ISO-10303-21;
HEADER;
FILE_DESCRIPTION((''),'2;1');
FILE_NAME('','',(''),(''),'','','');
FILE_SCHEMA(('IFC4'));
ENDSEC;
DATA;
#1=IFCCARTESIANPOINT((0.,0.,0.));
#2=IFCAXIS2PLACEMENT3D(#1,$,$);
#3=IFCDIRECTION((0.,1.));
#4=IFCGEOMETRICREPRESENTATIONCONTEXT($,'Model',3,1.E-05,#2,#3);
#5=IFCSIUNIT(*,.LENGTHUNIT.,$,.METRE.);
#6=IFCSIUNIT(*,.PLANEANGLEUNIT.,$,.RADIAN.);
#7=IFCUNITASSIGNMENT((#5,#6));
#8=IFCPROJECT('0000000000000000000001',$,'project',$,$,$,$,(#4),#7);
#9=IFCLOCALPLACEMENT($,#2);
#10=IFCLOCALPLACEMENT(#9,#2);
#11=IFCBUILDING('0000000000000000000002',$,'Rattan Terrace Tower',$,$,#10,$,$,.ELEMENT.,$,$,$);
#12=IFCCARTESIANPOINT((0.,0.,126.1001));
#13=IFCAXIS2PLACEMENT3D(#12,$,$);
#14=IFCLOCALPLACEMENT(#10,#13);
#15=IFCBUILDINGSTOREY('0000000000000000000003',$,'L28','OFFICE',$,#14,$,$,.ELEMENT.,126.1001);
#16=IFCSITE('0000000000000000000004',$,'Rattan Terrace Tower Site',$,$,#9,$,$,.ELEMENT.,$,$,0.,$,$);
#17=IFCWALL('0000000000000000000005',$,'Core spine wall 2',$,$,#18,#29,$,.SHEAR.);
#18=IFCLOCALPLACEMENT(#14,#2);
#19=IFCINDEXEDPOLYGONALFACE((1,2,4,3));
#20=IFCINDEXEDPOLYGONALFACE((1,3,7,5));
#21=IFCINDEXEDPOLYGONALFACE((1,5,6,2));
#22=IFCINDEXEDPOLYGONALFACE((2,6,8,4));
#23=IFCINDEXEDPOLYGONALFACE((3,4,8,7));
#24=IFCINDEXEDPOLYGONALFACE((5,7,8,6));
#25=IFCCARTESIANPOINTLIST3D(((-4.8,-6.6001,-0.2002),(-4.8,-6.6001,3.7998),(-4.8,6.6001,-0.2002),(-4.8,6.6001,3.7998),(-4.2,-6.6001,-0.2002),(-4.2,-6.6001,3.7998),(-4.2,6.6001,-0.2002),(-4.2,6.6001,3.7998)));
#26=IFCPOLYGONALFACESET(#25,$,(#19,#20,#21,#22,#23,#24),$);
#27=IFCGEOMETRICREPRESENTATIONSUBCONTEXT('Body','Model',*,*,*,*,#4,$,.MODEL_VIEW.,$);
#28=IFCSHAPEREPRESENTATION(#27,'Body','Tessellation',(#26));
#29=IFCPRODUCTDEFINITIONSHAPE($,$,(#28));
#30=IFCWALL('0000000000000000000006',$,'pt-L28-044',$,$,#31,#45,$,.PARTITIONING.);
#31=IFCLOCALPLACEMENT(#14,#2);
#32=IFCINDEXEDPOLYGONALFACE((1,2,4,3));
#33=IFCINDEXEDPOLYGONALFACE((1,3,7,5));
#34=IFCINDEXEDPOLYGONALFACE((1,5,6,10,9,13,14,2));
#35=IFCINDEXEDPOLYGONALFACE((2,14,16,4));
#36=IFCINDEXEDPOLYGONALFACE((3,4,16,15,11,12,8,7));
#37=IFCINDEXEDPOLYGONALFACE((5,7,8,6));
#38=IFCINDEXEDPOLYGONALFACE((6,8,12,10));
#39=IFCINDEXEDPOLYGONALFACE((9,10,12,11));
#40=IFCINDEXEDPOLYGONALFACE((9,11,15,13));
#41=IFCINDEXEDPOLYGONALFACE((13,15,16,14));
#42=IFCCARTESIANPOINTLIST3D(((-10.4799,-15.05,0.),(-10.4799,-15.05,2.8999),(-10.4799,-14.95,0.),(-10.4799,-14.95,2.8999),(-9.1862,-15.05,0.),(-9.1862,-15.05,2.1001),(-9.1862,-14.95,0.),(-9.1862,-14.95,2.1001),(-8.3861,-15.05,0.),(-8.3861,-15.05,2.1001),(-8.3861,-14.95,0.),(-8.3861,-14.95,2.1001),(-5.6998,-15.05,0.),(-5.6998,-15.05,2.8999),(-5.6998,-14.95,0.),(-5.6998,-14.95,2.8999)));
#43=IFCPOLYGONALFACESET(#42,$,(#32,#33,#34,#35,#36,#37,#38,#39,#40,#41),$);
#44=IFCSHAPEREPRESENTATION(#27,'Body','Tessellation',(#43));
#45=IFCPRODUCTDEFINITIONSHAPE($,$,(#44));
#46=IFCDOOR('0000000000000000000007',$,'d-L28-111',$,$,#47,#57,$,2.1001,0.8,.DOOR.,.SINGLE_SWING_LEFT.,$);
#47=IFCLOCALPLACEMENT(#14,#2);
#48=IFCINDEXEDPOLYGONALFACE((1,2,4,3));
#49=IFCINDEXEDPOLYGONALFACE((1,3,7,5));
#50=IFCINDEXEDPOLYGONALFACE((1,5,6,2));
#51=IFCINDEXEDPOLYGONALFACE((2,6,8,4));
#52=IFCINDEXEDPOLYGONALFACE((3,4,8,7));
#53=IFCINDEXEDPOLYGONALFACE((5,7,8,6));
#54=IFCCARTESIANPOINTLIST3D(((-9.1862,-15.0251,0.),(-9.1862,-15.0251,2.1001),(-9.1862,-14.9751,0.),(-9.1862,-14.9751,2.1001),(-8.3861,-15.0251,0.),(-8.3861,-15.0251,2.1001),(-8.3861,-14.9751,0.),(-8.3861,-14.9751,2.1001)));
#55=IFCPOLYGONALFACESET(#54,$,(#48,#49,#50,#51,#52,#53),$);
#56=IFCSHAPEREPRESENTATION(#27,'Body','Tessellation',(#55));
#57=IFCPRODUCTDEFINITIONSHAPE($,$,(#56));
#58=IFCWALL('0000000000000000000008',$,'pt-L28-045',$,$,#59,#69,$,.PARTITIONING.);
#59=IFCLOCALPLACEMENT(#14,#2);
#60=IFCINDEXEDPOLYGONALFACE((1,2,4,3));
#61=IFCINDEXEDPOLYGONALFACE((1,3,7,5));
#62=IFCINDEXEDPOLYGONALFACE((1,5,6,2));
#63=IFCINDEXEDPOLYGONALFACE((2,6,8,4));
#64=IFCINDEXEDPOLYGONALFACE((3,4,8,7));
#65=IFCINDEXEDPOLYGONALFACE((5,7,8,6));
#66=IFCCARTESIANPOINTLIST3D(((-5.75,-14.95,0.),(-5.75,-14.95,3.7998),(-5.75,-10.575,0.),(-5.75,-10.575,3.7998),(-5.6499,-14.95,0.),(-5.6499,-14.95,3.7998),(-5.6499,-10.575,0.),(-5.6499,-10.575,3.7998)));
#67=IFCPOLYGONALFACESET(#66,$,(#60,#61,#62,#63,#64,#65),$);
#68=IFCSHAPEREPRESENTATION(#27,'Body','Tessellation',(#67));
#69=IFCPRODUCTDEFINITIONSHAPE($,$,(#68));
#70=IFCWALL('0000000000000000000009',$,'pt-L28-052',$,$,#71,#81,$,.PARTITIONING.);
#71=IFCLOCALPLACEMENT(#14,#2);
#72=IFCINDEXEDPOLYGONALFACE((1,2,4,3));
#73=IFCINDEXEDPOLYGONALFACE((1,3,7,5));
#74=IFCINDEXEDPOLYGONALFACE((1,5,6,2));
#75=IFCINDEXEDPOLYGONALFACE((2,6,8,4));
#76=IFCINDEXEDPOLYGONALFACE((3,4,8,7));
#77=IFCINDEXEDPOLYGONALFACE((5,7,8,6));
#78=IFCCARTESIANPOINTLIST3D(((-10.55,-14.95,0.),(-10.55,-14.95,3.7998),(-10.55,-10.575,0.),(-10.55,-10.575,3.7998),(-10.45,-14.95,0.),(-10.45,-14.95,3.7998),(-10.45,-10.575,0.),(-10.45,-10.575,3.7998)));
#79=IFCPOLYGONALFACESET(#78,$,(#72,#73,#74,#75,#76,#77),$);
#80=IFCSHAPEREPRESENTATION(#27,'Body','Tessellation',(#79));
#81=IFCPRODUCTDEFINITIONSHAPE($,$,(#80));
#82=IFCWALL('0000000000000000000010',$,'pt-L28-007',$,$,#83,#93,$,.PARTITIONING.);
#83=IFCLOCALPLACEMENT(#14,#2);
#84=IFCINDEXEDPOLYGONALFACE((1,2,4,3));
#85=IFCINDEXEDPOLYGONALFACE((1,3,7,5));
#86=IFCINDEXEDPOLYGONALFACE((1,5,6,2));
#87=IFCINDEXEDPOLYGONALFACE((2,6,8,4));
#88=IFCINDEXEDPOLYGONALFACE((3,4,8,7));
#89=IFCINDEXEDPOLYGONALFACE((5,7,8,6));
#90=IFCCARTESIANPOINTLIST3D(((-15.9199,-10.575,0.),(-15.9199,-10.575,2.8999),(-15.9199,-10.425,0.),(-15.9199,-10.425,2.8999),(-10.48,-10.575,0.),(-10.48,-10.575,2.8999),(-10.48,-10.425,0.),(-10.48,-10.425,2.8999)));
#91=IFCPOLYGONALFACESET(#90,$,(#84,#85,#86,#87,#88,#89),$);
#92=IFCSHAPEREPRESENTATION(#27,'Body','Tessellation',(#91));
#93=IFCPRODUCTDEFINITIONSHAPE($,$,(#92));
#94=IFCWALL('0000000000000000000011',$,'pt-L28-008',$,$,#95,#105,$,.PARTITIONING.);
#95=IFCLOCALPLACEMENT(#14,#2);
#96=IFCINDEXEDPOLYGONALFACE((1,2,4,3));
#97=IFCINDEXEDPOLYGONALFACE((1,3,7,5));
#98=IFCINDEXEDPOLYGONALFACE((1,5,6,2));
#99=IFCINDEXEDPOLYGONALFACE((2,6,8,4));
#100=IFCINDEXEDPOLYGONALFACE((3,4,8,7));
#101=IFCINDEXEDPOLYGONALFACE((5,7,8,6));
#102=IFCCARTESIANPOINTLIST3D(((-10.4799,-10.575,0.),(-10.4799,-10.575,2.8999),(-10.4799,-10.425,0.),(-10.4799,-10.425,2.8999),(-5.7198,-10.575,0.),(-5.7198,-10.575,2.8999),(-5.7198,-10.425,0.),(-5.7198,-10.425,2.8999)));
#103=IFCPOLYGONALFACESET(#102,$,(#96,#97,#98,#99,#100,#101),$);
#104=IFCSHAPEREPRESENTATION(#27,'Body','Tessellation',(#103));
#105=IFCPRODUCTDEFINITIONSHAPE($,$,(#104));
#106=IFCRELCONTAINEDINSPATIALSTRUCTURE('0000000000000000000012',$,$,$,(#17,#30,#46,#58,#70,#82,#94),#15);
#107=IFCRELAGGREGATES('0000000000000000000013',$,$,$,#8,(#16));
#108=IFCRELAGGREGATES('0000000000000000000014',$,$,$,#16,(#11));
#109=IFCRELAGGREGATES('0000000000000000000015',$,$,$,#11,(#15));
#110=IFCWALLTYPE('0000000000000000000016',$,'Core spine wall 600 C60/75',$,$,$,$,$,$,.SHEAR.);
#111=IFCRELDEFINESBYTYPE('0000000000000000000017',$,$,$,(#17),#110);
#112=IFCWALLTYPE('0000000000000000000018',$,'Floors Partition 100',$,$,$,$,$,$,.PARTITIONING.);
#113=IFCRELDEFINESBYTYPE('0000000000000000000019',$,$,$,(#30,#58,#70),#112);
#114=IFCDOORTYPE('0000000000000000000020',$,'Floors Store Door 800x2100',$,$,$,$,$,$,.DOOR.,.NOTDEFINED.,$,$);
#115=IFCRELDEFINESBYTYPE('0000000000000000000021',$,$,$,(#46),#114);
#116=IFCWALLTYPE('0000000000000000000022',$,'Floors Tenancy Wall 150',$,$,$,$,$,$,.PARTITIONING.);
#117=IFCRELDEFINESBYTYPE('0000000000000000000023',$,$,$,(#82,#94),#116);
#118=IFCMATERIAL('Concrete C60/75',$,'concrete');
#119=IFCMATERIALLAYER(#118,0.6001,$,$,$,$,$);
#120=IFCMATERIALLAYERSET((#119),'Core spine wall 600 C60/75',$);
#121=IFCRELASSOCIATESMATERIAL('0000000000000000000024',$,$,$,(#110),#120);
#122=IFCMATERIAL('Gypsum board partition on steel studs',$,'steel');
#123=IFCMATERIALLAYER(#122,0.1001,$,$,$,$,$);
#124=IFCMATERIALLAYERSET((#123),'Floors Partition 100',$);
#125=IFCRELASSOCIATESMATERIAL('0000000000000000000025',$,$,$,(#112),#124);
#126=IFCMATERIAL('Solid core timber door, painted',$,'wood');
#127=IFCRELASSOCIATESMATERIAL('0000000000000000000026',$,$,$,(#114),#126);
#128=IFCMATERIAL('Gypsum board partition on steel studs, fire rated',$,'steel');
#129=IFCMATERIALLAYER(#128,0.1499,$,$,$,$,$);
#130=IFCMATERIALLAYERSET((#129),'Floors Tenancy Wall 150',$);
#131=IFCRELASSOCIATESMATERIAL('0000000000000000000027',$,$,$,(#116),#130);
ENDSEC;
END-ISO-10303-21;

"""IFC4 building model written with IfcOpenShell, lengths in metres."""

from ifc_helpers import new_model, si_unit, direction, frame, frame_2d, origin, place, context, subcontext, project, spatial, rectangle, extrude, material, layer, layer_set, type_object, element, fill, save


model = new_model("IFC4")

# Units and contexts
model_context = context("Model", 3, precision=1e-05, world=origin(), true_north=direction((0.0, 1.0)))
body_context = subcontext(model_context, "Body", "Model", "MODEL_VIEW")
ifc_project = project(units=[si_unit("LENGTHUNIT", "METRE"), si_unit("PLANEANGLEUNIT", "RADIAN")], contexts=[model_context])

# Site, building, storey
site_placement = place(None, origin())
site = spatial("IfcSite", under=ifc_project, at=site_placement, Name="Rattan Terrace Tower Site", CompositionType="ELEMENT", RefElevation=0.0)
building_placement = place(site_placement, origin())
building = spatial("IfcBuilding", under=site, at=building_placement, Name="Rattan Terrace Tower", CompositionType="ELEMENT")
storey_placement = place(building_placement, frame((0.0, 0.0, 126.1001)))
storey = spatial("IfcBuildingStorey", under=building, at=storey_placement, Name="L28", Description="OFFICE", CompositionType="ELEMENT", Elevation=126.1001)

# Wall
ifc_material_1 = material(Name="Concrete C60/75", Category="concrete")
ifc_layer_1 = layer(ifc_material_1, 0.6001)
ifc_layer_set_1 = layer_set([ifc_layer_1], Name="Core spine wall 600 C60/75")
wall_type_1 = type_object("IfcWallType", Name="Core spine wall 600 C60/75", PredefinedType="SHEAR", material=ifc_layer_set_1)
wall_1_placement = place(storey_placement, frame((-4.5, -6.6001, -0.2002), z_axis=(0.0, 0.0, 1.0), x_axis=(0.0, 1.0, 0.0)))
element("IfcWall", 1, at=wall_1_placement, inside=storey, type_object=wall_type_1, Name="Core spine wall 2", PredefinedType="SHEAR", context=body_context, shape_type="SweptSolid", body=[
    extrude(rectangle(XDim=13.2002, YDim=0.6001, at=frame_2d((6.6001, 0.0))), origin(), (0.0, 0.0, 1.0), 4.0),
])

# Wall, opening, door
ifc_material_2 = material(Name="Gypsum board partition on steel studs", Category="steel")
ifc_layer_2 = layer(ifc_material_2, 0.1001)
ifc_layer_set_2 = layer_set([ifc_layer_2], Name="Floors Partition 100")
wall_type_2 = type_object("IfcWallType", Name="Floors Partition 100", PredefinedType="PARTITIONING", material=ifc_layer_set_2)
wall_2_placement = place(storey_placement, frame((-10.48, -15.0, 0.0), z_axis=(0.0, 0.0, 1.0), x_axis=(1.0, 0.0, 0.0)))
wall_2 = element("IfcWall", 2, at=wall_2_placement, inside=storey, type_object=wall_type_2, Name="pt-L28-044", PredefinedType="PARTITIONING", context=body_context, shape_type="SweptSolid", body=[
    extrude(rectangle(XDim=4.78, YDim=0.1001, at=frame_2d((2.3901, 0.0))), origin(), (0.0, 0.0, 1.0), 2.8999),
])
opening_1_placement = place(wall_2_placement, frame((1.2939, 0.0, 0.0)))
opening_1 = element("IfcOpeningElement", 3, at=opening_1_placement, cuts=wall_2, PredefinedType="OPENING", context=body_context, shape_type="SweptSolid", body=[
    extrude(rectangle(XDim=0.8, YDim=2.1001, at=frame_2d((0.3999, 1.05))), frame((0.0, 0.0605, 0.0), z_axis=(0.0, -1.0, 0.0), x_axis=(1.0, 0.0, 0.0)), (0.0, 0.0, 1.0), 0.1211),
])
ifc_material_3 = material(Name="Solid core timber door, painted", Category="wood")
door_type_1 = type_object("IfcDoorType", Name="Floors Store Door 800x2100", OperationType="NOTDEFINED", PredefinedType="DOOR", material=ifc_material_3)
door_1_placement = place(opening_1_placement, origin())
door_1 = element("IfcDoor", 4, at=door_1_placement, inside=storey, type_object=door_type_1, Name="d-L28-111", OperationType="SINGLE_SWING_LEFT", OverallHeight=2.1001, OverallWidth=0.8, PredefinedType="DOOR", context=body_context, shape_type="SweptSolid", body=[
    extrude(rectangle(XDim=0.8, YDim=2.1001, at=frame_2d((0.3999, 1.05))), frame((0.0, 0.0249, 0.0), z_axis=(0.0, -1.0, 0.0), x_axis=(1.0, 0.0, 0.0)), (0.0, 0.0, 1.0), 0.05),
])
fill(opening_1, door_1)

# Walls
for number, where, z_axis, x_axis, name in (
    (5, (-5.7, -14.95, 0.0), (0.0, 0.0, 1.0), (0.0, 1.0, 0.0), "pt-L28-045"),
    (6, (-10.5, -10.575, 0.0), (0.0, 0.0, 1.0), (0.0, -1.0, 0.0), "pt-L28-052"),
):
    element("IfcWall", number, at=place(storey_placement, frame(where, z_axis=z_axis, x_axis=x_axis)), inside=storey, type_object=wall_type_2, Name=name, PredefinedType="PARTITIONING", context=body_context, shape_type="SweptSolid", body=[
        extrude(rectangle(XDim=4.375, YDim=0.1001, at=frame_2d((2.1875, 0.0))), origin(), (0.0, 0.0, 1.0), 3.7998),
    ])
ifc_material_4 = material(Name="Gypsum board partition on steel studs, fire rated", Category="steel")
ifc_layer_3 = layer(ifc_material_4, 0.1499)
ifc_layer_set_3 = layer_set([ifc_layer_3], Name="Floors Tenancy Wall 150")
wall_type_3 = type_object("IfcWallType", Name="Floors Tenancy Wall 150", PredefinedType="PARTITIONING", material=ifc_layer_set_3)
wall_3_placement = place(storey_placement, frame((-10.48, -10.5, 0.0), z_axis=(0.0, 0.0, 1.0), x_axis=(-1.0, 0.0, 0.0)))
element("IfcWall", 7, at=wall_3_placement, inside=storey, type_object=wall_type_3, Name="pt-L28-007", PredefinedType="PARTITIONING", context=body_context, shape_type="SweptSolid", body=[
    extrude(rectangle(XDim=5.4399, YDim=0.1499, at=frame_2d((2.72, 0.0))), origin(), (0.0, 0.0, 1.0), 2.8999),
])
wall_4_placement = place(storey_placement, frame((-5.72, -10.5, 0.0), z_axis=(0.0, 0.0, 1.0), x_axis=(-1.0, 0.0, 0.0)))
element("IfcWall", 8, at=wall_4_placement, inside=storey, type_object=wall_type_3, Name="pt-L28-008", PredefinedType="PARTITIONING", context=body_context, shape_type="SweptSolid", body=[
    extrude(rectangle(XDim=4.76, YDim=0.1499, at=frame_2d((2.3799, 0.0))), origin(), (0.0, 0.0, 1.0), 2.8999),
])

save(model, "model.ifc")
